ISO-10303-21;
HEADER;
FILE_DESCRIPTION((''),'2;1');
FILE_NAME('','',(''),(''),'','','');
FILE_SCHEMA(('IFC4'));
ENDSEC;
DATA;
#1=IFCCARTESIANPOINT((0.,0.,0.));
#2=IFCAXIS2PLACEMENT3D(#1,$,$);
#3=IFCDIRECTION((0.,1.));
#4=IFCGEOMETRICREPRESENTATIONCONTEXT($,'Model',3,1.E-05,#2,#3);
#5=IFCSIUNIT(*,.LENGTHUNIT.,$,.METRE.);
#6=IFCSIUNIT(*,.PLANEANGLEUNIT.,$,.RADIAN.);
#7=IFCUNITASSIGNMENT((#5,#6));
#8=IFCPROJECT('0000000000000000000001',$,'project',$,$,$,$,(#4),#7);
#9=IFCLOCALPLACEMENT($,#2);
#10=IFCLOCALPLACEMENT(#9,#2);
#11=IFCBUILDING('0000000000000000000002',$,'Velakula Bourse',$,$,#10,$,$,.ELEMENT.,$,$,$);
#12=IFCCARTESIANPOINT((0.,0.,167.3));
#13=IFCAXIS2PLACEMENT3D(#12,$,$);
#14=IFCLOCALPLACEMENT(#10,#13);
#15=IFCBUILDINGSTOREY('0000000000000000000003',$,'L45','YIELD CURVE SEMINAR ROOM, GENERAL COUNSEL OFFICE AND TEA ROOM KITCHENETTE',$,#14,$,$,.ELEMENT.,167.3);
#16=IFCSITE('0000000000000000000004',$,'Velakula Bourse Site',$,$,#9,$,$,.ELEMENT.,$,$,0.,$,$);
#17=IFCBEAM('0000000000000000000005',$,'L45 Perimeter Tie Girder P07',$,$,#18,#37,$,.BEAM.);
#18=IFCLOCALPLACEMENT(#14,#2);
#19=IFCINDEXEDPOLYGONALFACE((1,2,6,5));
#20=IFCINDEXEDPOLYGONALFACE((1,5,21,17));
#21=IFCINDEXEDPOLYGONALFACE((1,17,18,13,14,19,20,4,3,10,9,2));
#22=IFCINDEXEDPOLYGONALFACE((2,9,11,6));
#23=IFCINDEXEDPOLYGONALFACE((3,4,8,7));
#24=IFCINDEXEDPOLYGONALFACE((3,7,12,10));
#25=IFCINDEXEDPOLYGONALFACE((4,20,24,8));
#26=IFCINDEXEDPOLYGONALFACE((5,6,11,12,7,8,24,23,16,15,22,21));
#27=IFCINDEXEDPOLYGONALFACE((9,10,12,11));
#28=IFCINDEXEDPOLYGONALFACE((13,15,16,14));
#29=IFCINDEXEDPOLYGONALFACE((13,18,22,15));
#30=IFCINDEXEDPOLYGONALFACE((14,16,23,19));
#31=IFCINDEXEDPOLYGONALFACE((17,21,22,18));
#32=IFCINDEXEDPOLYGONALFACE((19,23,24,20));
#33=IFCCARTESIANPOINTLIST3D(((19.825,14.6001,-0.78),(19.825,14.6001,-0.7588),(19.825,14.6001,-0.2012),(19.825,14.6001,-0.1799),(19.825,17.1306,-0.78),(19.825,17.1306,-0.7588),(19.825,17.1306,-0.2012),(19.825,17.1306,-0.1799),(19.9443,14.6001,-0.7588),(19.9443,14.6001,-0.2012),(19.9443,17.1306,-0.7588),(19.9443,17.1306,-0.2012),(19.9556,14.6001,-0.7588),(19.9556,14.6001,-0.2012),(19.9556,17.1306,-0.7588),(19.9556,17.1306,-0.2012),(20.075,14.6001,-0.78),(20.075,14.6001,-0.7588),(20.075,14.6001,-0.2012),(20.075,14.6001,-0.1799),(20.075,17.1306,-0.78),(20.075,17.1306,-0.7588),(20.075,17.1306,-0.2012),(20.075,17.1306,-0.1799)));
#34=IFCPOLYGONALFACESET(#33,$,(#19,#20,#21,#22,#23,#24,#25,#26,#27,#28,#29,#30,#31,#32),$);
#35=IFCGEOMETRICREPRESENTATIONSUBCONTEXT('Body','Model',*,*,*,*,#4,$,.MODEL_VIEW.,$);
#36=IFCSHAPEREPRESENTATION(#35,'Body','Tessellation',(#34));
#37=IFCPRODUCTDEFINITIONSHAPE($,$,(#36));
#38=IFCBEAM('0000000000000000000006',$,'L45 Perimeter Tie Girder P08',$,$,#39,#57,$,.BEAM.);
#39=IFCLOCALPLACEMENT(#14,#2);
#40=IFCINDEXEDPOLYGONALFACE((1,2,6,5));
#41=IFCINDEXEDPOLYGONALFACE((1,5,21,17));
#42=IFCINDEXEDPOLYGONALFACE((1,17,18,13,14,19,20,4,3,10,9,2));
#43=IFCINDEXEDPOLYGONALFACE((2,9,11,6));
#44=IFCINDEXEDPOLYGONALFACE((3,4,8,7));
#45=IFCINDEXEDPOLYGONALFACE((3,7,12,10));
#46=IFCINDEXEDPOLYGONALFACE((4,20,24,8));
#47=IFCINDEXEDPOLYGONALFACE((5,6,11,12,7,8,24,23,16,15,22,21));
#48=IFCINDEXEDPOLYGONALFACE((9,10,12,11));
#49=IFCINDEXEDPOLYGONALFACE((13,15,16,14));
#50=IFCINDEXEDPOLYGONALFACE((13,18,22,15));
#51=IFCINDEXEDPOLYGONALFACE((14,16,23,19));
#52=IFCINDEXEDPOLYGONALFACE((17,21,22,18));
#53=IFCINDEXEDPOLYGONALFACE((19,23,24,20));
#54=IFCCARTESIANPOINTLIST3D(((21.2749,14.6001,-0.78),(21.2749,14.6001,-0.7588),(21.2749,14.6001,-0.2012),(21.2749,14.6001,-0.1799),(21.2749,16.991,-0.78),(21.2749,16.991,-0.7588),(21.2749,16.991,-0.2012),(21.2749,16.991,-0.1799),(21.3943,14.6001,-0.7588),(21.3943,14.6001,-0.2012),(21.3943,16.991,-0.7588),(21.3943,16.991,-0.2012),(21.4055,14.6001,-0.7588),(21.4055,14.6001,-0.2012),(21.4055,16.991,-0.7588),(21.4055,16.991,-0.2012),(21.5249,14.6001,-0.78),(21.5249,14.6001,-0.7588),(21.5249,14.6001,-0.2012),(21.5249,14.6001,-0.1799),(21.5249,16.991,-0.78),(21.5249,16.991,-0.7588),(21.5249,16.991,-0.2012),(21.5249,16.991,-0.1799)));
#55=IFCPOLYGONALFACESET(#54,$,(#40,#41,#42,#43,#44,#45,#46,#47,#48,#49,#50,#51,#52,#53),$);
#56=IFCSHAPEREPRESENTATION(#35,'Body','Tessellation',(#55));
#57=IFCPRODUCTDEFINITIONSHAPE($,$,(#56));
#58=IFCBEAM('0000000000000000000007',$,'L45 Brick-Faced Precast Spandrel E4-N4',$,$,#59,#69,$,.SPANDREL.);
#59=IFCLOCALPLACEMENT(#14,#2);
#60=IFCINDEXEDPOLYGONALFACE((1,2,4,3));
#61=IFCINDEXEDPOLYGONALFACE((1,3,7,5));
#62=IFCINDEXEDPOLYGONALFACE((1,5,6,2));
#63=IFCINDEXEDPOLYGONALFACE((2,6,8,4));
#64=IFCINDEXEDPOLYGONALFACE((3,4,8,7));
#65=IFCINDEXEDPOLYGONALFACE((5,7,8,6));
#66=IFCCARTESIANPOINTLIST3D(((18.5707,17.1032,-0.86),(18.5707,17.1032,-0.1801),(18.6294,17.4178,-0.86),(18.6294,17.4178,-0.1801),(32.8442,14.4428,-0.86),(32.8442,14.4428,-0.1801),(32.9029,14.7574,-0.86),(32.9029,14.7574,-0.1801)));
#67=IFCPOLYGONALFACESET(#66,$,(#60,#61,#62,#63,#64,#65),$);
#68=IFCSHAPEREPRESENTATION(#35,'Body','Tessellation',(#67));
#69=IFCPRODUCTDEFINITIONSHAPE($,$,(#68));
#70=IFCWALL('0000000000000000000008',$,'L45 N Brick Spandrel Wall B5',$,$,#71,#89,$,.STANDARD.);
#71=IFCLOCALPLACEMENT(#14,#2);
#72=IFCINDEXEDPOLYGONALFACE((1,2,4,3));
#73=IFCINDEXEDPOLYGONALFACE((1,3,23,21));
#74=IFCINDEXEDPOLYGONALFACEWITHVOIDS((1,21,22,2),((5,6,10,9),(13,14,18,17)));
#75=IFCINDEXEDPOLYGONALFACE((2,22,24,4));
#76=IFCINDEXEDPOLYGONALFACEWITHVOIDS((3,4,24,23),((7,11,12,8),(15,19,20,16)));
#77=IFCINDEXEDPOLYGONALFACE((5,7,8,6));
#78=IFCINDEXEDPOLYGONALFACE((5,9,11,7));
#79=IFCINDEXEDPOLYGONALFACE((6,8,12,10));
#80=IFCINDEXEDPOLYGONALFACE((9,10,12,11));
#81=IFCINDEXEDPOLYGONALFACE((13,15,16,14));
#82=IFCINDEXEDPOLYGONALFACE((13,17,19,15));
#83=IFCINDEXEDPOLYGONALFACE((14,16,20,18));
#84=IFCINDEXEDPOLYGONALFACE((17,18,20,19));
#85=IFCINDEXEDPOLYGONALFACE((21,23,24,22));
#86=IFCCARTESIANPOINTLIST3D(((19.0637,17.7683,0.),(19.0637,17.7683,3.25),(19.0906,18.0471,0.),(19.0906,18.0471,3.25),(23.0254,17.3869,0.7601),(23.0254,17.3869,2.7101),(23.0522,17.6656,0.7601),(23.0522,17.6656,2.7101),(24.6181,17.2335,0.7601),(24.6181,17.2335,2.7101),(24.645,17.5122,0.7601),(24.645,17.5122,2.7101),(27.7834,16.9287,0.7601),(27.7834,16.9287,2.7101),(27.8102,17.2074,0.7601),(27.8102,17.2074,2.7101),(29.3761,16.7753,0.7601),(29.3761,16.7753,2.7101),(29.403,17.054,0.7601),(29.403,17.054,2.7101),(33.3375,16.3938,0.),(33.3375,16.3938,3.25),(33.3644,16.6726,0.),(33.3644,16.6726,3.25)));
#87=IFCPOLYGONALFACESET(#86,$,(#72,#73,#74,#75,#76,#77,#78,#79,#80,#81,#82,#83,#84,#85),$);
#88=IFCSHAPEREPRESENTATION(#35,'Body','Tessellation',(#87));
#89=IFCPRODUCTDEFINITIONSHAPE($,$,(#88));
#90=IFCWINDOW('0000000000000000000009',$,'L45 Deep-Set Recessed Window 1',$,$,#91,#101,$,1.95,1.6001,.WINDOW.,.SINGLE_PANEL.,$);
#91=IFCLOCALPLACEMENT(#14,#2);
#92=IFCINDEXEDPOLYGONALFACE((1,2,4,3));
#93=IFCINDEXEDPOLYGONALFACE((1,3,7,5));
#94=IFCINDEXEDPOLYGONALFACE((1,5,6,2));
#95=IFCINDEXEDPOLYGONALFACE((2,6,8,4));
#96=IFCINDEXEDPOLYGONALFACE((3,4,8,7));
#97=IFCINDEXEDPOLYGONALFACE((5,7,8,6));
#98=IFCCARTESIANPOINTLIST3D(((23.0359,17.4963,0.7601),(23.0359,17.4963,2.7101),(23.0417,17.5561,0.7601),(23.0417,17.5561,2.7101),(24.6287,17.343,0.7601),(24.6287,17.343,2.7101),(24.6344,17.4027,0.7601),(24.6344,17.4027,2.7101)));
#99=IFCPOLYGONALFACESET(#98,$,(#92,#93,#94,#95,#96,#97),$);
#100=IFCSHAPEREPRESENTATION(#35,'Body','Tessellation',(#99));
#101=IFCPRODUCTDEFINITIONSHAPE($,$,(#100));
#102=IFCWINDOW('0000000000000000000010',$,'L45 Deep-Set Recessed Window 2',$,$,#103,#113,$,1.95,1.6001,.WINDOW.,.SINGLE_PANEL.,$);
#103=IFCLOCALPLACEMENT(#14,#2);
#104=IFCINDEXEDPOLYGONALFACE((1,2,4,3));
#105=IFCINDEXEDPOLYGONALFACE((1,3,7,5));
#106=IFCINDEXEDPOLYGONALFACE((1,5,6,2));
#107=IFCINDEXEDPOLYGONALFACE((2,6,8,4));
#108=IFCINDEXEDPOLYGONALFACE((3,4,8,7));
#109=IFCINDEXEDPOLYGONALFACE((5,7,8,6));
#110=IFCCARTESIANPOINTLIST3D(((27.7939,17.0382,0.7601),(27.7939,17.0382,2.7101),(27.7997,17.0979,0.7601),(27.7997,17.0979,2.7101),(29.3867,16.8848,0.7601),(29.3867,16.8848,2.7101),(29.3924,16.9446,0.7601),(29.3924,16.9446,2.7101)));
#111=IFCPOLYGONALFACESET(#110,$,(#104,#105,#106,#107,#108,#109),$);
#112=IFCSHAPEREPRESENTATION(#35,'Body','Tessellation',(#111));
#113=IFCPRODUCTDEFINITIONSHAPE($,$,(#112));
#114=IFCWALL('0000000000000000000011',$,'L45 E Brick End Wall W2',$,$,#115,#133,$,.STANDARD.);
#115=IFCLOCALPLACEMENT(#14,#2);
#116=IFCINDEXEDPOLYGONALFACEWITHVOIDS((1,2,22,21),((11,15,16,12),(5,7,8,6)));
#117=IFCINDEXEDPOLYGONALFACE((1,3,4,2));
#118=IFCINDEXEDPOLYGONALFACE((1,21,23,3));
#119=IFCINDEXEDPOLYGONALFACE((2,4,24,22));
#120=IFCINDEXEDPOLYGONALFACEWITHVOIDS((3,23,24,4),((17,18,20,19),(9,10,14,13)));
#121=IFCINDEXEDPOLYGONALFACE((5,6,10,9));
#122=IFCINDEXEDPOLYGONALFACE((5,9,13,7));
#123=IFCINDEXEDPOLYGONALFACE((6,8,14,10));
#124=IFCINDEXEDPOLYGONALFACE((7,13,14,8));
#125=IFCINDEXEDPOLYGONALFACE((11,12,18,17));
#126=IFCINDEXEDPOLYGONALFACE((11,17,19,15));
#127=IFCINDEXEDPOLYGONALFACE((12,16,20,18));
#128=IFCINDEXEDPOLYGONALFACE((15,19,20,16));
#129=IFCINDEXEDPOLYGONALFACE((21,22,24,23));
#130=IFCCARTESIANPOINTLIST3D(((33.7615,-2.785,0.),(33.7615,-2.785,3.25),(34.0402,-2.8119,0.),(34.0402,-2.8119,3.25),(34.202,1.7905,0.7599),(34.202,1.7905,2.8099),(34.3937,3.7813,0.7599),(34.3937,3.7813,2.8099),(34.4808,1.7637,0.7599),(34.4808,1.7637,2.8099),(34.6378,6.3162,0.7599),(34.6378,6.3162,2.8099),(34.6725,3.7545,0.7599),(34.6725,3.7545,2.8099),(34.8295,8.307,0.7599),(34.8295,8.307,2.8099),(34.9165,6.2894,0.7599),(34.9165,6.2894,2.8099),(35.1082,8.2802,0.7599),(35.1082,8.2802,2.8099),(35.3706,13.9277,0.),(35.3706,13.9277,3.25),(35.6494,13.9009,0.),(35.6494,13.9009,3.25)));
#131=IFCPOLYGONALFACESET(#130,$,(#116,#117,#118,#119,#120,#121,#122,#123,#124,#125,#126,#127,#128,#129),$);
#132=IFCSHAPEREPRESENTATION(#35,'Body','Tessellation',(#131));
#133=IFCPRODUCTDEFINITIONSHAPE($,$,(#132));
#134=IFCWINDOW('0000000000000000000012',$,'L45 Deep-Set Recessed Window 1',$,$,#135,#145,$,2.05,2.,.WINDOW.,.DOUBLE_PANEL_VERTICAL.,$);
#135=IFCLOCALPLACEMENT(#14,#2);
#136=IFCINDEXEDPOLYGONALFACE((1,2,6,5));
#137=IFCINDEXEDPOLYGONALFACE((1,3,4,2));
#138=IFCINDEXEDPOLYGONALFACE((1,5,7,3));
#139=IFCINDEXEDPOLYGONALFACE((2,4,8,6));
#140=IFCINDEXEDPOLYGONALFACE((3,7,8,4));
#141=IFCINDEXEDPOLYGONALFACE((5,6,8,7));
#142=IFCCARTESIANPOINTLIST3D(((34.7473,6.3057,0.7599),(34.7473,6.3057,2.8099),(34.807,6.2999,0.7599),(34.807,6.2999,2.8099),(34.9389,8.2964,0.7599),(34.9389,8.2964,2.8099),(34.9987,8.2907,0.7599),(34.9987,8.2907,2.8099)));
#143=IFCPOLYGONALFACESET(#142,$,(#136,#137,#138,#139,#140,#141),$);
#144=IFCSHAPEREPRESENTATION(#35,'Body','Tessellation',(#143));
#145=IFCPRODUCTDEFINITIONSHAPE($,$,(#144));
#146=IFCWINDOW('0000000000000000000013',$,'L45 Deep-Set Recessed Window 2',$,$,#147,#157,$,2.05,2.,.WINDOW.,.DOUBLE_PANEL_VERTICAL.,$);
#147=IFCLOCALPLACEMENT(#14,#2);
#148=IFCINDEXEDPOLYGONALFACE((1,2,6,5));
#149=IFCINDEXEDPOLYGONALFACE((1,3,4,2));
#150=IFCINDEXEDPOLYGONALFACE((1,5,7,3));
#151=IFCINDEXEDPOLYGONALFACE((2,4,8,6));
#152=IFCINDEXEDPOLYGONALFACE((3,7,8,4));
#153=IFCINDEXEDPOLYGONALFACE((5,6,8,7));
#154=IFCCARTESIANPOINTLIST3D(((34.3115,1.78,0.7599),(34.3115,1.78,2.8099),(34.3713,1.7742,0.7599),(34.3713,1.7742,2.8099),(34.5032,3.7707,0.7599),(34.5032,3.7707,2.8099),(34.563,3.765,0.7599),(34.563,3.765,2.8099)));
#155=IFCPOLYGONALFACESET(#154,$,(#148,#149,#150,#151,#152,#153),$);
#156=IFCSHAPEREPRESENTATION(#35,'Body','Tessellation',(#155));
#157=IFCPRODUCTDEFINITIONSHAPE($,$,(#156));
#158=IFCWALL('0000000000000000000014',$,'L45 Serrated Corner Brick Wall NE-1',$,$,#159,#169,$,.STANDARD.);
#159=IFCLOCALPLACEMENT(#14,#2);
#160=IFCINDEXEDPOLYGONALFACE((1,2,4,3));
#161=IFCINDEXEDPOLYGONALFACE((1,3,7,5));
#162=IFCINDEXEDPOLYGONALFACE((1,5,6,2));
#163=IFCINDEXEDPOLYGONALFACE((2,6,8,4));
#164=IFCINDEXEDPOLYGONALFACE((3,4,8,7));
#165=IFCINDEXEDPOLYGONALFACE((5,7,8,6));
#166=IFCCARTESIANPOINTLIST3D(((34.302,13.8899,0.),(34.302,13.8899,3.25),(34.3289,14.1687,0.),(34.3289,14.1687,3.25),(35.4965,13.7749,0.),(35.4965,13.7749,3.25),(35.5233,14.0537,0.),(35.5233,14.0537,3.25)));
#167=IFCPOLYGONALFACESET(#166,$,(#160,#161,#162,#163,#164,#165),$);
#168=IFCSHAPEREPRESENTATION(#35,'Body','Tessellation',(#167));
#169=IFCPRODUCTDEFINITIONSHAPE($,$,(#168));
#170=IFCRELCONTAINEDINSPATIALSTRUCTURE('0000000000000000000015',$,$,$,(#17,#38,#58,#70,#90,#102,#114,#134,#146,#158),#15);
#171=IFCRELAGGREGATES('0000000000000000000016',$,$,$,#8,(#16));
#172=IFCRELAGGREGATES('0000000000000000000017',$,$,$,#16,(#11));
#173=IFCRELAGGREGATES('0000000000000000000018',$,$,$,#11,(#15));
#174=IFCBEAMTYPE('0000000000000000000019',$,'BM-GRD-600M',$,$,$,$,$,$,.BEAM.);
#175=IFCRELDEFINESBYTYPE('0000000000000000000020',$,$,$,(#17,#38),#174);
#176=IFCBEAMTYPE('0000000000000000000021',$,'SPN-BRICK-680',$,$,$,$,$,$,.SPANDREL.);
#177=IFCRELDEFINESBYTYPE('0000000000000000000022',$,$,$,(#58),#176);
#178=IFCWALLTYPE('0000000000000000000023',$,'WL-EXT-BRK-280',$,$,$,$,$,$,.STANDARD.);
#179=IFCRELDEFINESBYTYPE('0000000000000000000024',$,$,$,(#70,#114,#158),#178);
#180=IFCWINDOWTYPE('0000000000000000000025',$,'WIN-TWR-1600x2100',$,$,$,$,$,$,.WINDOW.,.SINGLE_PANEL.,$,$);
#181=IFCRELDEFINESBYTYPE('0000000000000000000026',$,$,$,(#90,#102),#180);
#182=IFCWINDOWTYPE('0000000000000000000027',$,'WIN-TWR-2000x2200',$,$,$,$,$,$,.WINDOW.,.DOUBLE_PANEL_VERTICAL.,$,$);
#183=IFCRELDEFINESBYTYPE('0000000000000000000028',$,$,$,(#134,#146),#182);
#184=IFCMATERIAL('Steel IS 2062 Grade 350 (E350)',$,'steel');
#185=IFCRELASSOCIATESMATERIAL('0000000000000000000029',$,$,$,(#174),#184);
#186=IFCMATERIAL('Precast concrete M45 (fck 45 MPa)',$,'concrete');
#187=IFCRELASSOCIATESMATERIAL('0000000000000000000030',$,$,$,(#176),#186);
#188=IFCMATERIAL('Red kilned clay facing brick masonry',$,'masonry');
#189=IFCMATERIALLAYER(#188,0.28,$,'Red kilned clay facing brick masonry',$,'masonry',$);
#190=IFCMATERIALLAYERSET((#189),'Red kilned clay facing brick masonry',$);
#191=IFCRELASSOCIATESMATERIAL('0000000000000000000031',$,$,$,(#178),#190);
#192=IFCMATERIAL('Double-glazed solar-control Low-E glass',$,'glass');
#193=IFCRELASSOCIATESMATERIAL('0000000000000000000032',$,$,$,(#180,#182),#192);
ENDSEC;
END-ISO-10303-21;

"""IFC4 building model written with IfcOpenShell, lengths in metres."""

from ifc_helpers import new_model, si_unit, direction, frame, frame_2d, origin, origin_2d, place, context, subcontext, project, spatial, rectangle, i_section, extrude, material, layer, layer_set, material_profile, profile_set, type_object, element, fill, save


model = new_model("IFC4")

# Units and contexts
model_context = context("Model", 3, precision=1e-05, world=origin(), true_north=direction((0.0, 1.0)))
body_context = subcontext(model_context, "Body", "Model", "MODEL_VIEW")
ifc_project = project(units=[si_unit("LENGTHUNIT", "METRE"), si_unit("PLANEANGLEUNIT", "RADIAN")], contexts=[model_context])

# Site, building, storey
site_placement = place(None, origin())
site = spatial("IfcSite", under=ifc_project, at=site_placement, Name="Velakula Bourse Site", CompositionType="ELEMENT", RefElevation=0.0)
building_placement = place(site_placement, origin())
building = spatial("IfcBuilding", under=site, at=building_placement, Name="Velakula Bourse", CompositionType="ELEMENT")
storey_placement = place(building_placement, frame((0.0, 0.0, 167.3)))
storey = spatial("IfcBuildingStorey", under=building, at=storey_placement, Name="L45", Description="YIELD CURVE SEMINAR ROOM, GENERAL COUNSEL OFFICE AND TEA ROOM KITCHENETTE", CompositionType="ELEMENT", Elevation=167.3)

# Shared definitions
ifc_material_1 = material(Name="Steel IS 2062 Grade 350 (E350)", Category="steel")
ifc_material_2 = material(Name="Precast concrete M45 (fck 45 MPa)", Category="concrete")

# Beams
ifc_material_profile_1 = material_profile(ifc_material_1, i_section(OverallWidth=0.25, OverallDepth=0.6001, WebThickness=0.0112, FlangeThickness=0.0212, at=origin_2d()), Name="Steel IS 2062 Grade 350 (E350)")
ifc_profile_set_1 = profile_set([ifc_material_profile_1], Name="Steel IS 2062 Grade 350 (E350)")
beam_type_1 = type_object("IfcBeamType", Name="BM-GRD-600M", PredefinedType="BEAM", material=ifc_profile_set_1)
beam_1_placement = place(storey_placement, frame((19.95, 14.6001, -0.48), z_axis=(0.0, 1.0, 0.0), x_axis=(-1.0, 0.0, 0.0)))
element("IfcBeam", 1, at=beam_1_placement, inside=storey, type_object=beam_type_1, Name="L45 Perimeter Tie Girder P07", PredefinedType="BEAM", context=body_context, shape_type="SweptSolid", body=[
    extrude(i_section(OverallWidth=0.25, OverallDepth=0.6001, WebThickness=0.0112, FlangeThickness=0.0212, at=origin_2d()), origin(), (0.0, 0.0, 1.0), 2.5305),
])
beam_2_placement = place(storey_placement, frame((21.3999, 14.6001, -0.48), z_axis=(0.0, 1.0, 0.0), x_axis=(-1.0, 0.0, 0.0)))
element("IfcBeam", 2, at=beam_2_placement, inside=storey, type_object=beam_type_1, Name="L45 Perimeter Tie Girder P08", PredefinedType="BEAM", context=body_context, shape_type="SweptSolid", body=[
    extrude(i_section(OverallWidth=0.25, OverallDepth=0.6001, WebThickness=0.0112, FlangeThickness=0.0212, at=origin_2d()), origin(), (0.0, 0.0, 1.0), 2.3909),
])
ifc_material_profile_2 = material_profile(ifc_material_2, rectangle(XDim=0.3201, YDim=0.6799, at=origin_2d()), Name="Precast concrete M45 (fck 45 MPa)")
ifc_profile_set_2 = profile_set([ifc_material_profile_2], Name="Precast concrete M45 (fck 45 MPa)")
beam_type_2 = type_object("IfcBeamType", Name="SPN-BRICK-680", PredefinedType="SPANDREL", material=ifc_profile_set_2)
beam_3_placement = place(storey_placement, frame((32.8735, 14.6001, -0.52), z_axis=(-0.98307, 0.183233, 0.0), x_axis=(-0.183233, -0.98307, 0.0)))
element("IfcBeam", 3, at=beam_3_placement, inside=storey, type_object=beam_type_2, Name="L45 Brick-Faced Precast Spandrel E4-N4", PredefinedType="SPANDREL", context=body_context, shape_type="SweptSolid", body=[
    extrude(rectangle(XDim=0.3201, YDim=0.6799, at=origin_2d()), origin(), (0.0, 0.0, 1.0), 14.5193),
])

# Walls, openings, windows
ifc_material_3 = material(Name="Red kilned clay facing brick masonry", Category="masonry")
ifc_layer = layer(ifc_material_3, 0.28, Name="Red kilned clay facing brick masonry", Category="masonry")
ifc_layer_set = layer_set([ifc_layer], Name="Red kilned clay facing brick masonry")
wall_type = type_object("IfcWallType", Name="WL-EXT-BRK-280", PredefinedType="STANDARD", material=ifc_layer_set)
wall_1_placement = place(storey_placement, frame((19.0771, 17.9077, 0.0), z_axis=(0.0, 0.0, 1.0), x_axis=(0.995396, -0.095852, 0.0)))
wall_1 = element("IfcWall", 4, at=wall_1_placement, inside=storey, type_object=wall_type, Name="L45 N Brick Spandrel Wall B5", PredefinedType="STANDARD", context=body_context, shape_type="SweptSolid", body=[
    extrude(rectangle(XDim=14.3398, YDim=0.28, at=frame_2d((7.1699, 0.0))), origin(), (0.0, 0.0, 1.0), 3.25),
])
opening_1_placement = place(wall_1_placement, frame((3.98, 0.0, 0.76)))
opening_1 = element("IfcOpeningElement", 5, at=opening_1_placement, cuts=wall_1, PredefinedType="OPENING", context=body_context, shape_type="SweptSolid", body=[
    extrude(rectangle(XDim=1.6001, YDim=1.95, at=frame_2d((0.8, 0.9751))), frame((0.0, 0.1499, 0.0), z_axis=(0.0, -1.0, 0.0), x_axis=(1.0, 0.0, 0.0)), (0.0, 0.0, 1.0), 0.3),
])
opening_2_placement = place(wall_1_placement, frame((8.76, 0.0, 0.76)))
opening_2 = element("IfcOpeningElement", 6, at=opening_2_placement, cuts=wall_1, PredefinedType="OPENING", context=body_context, shape_type="SweptSolid", body=[
    extrude(rectangle(XDim=1.6001, YDim=1.95, at=frame_2d((0.8, 0.9751))), frame((0.0, 0.1499, 0.0), z_axis=(0.0, -1.0, 0.0), x_axis=(1.0, 0.0, 0.0)), (0.0, 0.0, 1.0), 0.3),
])
ifc_material_4 = material(Name="Double-glazed solar-control Low-E glass", Category="glass")
window_type_1 = type_object("IfcWindowType", Name="WIN-TWR-1600x2100", PartitioningType="SINGLE_PANEL", PredefinedType="WINDOW", material=ifc_material_4)
window_1_placement = place(opening_1_placement, origin())
window_1 = element("IfcWindow", 7, at=window_1_placement, inside=storey, type_object=window_type_1, Name="L45 Deep-Set Recessed Window 1", OverallHeight=1.95, OverallWidth=1.6001, PartitioningType="SINGLE_PANEL", PredefinedType="WINDOW", context=body_context, shape_type="SweptSolid", body=[
    extrude(rectangle(XDim=1.6001, YDim=1.95, at=frame_2d((0.8, 0.9751))), frame((0.0, 0.03, 0.0), z_axis=(0.0, -1.0, 0.0), x_axis=(1.0, 0.0, 0.0)), (0.0, 0.0, 1.0), 0.0601),
])
fill(opening_1, window_1)
window_2_placement = place(opening_2_placement, origin())
window_2 = element("IfcWindow", 8, at=window_2_placement, inside=storey, type_object=window_type_1, Name="L45 Deep-Set Recessed Window 2", OverallHeight=1.95, OverallWidth=1.6001, PartitioningType="SINGLE_PANEL", PredefinedType="WINDOW", context=body_context, shape_type="SweptSolid", body=[
    extrude(rectangle(XDim=1.6001, YDim=1.95, at=frame_2d((0.8, 0.9751))), frame((0.0, 0.03, 0.0), z_axis=(0.0, -1.0, 0.0), x_axis=(1.0, 0.0, 0.0)), (0.0, 0.0, 1.0), 0.0601),
])
fill(opening_2, window_2)
wall_2_placement = place(storey_placement, frame((35.51, 13.9143, 0.0), z_axis=(0.0, 0.0, 1.0), x_axis=(-0.095839, -0.995397, 0.0)))
wall_2 = element("IfcWall", 9, at=wall_2_placement, inside=storey, type_object=wall_type, Name="L45 E Brick End Wall W2", PredefinedType="STANDARD", context=body_context, shape_type="SweptSolid", body=[
    extrude(rectangle(XDim=16.79, YDim=0.28, at=frame_2d((8.395, 0.0))), origin(), (0.0, 0.0, 1.0), 3.25),
])
opening_3_placement = place(wall_2_placement, frame((5.6467, 0.0, 0.76)))
opening_3 = element("IfcOpeningElement", 10, at=opening_3_placement, cuts=wall_2, PredefinedType="OPENING", context=body_context, shape_type="SweptSolid", body=[
    extrude(rectangle(XDim=2.0, YDim=2.05, at=frame_2d((1.0, 1.0249))), frame((0.0, 0.1499, 0.0), z_axis=(0.0, -1.0, 0.0), x_axis=(1.0, 0.0, 0.0)), (0.0, 0.0, 1.0), 0.3),
])
opening_4_placement = place(wall_2_placement, frame((10.1934, 0.0, 0.76)))
opening_4 = element("IfcOpeningElement", 11, at=opening_4_placement, cuts=wall_2, PredefinedType="OPENING", context=body_context, shape_type="SweptSolid", body=[
    extrude(rectangle(XDim=2.0, YDim=2.05, at=frame_2d((1.0, 1.0249))), frame((0.0, 0.1499, 0.0), z_axis=(0.0, -1.0, 0.0), x_axis=(1.0, 0.0, 0.0)), (0.0, 0.0, 1.0), 0.3),
])
window_type_2 = type_object("IfcWindowType", Name="WIN-TWR-2000x2200", PartitioningType="DOUBLE_PANEL_VERTICAL", PredefinedType="WINDOW", material=ifc_material_4)
window_3_placement = place(opening_3_placement, origin())
window_3 = element("IfcWindow", 12, at=window_3_placement, inside=storey, type_object=window_type_2, Name="L45 Deep-Set Recessed Window 1", OverallHeight=2.05, OverallWidth=2.0, PartitioningType="DOUBLE_PANEL_VERTICAL", PredefinedType="WINDOW", context=body_context, shape_type="SweptSolid", body=[
    extrude(rectangle(XDim=2.0, YDim=2.05, at=frame_2d((1.0, 1.0249))), frame((0.0, 0.03, 0.0), z_axis=(0.0, -1.0, 0.0), x_axis=(1.0, 0.0, 0.0)), (0.0, 0.0, 1.0), 0.0601),
])
fill(opening_3, window_3)
window_4_placement = place(opening_4_placement, origin())
window_4 = element("IfcWindow", 13, at=window_4_placement, inside=storey, type_object=window_type_2, Name="L45 Deep-Set Recessed Window 2", OverallHeight=2.05, OverallWidth=2.0, PartitioningType="DOUBLE_PANEL_VERTICAL", PredefinedType="WINDOW", context=body_context, shape_type="SweptSolid", body=[
    extrude(rectangle(XDim=2.0, YDim=2.05, at=frame_2d((1.0, 1.0249))), frame((0.0, 0.03, 0.0), z_axis=(0.0, -1.0, 0.0), x_axis=(1.0, 0.0, 0.0)), (0.0, 0.0, 1.0), 0.0601),
])
fill(opening_4, window_4)

# Wall
wall_3_placement = place(storey_placement, frame((35.51, 13.9143, 0.0), z_axis=(0.0, 0.0, 1.0), x_axis=(-0.995397, 0.095836, 0.0)))
element("IfcWall", 14, at=wall_3_placement, inside=storey, type_object=wall_type, Name="L45 Serrated Corner Brick Wall NE-1", PredefinedType="STANDARD", context=body_context, shape_type="SweptSolid", body=[
    extrude(rectangle(XDim=1.2, YDim=0.28, at=frame_2d((0.6001, 0.0))), origin(), (0.0, 0.0, 1.0), 3.25),
])

save(model, "model.ifc")
